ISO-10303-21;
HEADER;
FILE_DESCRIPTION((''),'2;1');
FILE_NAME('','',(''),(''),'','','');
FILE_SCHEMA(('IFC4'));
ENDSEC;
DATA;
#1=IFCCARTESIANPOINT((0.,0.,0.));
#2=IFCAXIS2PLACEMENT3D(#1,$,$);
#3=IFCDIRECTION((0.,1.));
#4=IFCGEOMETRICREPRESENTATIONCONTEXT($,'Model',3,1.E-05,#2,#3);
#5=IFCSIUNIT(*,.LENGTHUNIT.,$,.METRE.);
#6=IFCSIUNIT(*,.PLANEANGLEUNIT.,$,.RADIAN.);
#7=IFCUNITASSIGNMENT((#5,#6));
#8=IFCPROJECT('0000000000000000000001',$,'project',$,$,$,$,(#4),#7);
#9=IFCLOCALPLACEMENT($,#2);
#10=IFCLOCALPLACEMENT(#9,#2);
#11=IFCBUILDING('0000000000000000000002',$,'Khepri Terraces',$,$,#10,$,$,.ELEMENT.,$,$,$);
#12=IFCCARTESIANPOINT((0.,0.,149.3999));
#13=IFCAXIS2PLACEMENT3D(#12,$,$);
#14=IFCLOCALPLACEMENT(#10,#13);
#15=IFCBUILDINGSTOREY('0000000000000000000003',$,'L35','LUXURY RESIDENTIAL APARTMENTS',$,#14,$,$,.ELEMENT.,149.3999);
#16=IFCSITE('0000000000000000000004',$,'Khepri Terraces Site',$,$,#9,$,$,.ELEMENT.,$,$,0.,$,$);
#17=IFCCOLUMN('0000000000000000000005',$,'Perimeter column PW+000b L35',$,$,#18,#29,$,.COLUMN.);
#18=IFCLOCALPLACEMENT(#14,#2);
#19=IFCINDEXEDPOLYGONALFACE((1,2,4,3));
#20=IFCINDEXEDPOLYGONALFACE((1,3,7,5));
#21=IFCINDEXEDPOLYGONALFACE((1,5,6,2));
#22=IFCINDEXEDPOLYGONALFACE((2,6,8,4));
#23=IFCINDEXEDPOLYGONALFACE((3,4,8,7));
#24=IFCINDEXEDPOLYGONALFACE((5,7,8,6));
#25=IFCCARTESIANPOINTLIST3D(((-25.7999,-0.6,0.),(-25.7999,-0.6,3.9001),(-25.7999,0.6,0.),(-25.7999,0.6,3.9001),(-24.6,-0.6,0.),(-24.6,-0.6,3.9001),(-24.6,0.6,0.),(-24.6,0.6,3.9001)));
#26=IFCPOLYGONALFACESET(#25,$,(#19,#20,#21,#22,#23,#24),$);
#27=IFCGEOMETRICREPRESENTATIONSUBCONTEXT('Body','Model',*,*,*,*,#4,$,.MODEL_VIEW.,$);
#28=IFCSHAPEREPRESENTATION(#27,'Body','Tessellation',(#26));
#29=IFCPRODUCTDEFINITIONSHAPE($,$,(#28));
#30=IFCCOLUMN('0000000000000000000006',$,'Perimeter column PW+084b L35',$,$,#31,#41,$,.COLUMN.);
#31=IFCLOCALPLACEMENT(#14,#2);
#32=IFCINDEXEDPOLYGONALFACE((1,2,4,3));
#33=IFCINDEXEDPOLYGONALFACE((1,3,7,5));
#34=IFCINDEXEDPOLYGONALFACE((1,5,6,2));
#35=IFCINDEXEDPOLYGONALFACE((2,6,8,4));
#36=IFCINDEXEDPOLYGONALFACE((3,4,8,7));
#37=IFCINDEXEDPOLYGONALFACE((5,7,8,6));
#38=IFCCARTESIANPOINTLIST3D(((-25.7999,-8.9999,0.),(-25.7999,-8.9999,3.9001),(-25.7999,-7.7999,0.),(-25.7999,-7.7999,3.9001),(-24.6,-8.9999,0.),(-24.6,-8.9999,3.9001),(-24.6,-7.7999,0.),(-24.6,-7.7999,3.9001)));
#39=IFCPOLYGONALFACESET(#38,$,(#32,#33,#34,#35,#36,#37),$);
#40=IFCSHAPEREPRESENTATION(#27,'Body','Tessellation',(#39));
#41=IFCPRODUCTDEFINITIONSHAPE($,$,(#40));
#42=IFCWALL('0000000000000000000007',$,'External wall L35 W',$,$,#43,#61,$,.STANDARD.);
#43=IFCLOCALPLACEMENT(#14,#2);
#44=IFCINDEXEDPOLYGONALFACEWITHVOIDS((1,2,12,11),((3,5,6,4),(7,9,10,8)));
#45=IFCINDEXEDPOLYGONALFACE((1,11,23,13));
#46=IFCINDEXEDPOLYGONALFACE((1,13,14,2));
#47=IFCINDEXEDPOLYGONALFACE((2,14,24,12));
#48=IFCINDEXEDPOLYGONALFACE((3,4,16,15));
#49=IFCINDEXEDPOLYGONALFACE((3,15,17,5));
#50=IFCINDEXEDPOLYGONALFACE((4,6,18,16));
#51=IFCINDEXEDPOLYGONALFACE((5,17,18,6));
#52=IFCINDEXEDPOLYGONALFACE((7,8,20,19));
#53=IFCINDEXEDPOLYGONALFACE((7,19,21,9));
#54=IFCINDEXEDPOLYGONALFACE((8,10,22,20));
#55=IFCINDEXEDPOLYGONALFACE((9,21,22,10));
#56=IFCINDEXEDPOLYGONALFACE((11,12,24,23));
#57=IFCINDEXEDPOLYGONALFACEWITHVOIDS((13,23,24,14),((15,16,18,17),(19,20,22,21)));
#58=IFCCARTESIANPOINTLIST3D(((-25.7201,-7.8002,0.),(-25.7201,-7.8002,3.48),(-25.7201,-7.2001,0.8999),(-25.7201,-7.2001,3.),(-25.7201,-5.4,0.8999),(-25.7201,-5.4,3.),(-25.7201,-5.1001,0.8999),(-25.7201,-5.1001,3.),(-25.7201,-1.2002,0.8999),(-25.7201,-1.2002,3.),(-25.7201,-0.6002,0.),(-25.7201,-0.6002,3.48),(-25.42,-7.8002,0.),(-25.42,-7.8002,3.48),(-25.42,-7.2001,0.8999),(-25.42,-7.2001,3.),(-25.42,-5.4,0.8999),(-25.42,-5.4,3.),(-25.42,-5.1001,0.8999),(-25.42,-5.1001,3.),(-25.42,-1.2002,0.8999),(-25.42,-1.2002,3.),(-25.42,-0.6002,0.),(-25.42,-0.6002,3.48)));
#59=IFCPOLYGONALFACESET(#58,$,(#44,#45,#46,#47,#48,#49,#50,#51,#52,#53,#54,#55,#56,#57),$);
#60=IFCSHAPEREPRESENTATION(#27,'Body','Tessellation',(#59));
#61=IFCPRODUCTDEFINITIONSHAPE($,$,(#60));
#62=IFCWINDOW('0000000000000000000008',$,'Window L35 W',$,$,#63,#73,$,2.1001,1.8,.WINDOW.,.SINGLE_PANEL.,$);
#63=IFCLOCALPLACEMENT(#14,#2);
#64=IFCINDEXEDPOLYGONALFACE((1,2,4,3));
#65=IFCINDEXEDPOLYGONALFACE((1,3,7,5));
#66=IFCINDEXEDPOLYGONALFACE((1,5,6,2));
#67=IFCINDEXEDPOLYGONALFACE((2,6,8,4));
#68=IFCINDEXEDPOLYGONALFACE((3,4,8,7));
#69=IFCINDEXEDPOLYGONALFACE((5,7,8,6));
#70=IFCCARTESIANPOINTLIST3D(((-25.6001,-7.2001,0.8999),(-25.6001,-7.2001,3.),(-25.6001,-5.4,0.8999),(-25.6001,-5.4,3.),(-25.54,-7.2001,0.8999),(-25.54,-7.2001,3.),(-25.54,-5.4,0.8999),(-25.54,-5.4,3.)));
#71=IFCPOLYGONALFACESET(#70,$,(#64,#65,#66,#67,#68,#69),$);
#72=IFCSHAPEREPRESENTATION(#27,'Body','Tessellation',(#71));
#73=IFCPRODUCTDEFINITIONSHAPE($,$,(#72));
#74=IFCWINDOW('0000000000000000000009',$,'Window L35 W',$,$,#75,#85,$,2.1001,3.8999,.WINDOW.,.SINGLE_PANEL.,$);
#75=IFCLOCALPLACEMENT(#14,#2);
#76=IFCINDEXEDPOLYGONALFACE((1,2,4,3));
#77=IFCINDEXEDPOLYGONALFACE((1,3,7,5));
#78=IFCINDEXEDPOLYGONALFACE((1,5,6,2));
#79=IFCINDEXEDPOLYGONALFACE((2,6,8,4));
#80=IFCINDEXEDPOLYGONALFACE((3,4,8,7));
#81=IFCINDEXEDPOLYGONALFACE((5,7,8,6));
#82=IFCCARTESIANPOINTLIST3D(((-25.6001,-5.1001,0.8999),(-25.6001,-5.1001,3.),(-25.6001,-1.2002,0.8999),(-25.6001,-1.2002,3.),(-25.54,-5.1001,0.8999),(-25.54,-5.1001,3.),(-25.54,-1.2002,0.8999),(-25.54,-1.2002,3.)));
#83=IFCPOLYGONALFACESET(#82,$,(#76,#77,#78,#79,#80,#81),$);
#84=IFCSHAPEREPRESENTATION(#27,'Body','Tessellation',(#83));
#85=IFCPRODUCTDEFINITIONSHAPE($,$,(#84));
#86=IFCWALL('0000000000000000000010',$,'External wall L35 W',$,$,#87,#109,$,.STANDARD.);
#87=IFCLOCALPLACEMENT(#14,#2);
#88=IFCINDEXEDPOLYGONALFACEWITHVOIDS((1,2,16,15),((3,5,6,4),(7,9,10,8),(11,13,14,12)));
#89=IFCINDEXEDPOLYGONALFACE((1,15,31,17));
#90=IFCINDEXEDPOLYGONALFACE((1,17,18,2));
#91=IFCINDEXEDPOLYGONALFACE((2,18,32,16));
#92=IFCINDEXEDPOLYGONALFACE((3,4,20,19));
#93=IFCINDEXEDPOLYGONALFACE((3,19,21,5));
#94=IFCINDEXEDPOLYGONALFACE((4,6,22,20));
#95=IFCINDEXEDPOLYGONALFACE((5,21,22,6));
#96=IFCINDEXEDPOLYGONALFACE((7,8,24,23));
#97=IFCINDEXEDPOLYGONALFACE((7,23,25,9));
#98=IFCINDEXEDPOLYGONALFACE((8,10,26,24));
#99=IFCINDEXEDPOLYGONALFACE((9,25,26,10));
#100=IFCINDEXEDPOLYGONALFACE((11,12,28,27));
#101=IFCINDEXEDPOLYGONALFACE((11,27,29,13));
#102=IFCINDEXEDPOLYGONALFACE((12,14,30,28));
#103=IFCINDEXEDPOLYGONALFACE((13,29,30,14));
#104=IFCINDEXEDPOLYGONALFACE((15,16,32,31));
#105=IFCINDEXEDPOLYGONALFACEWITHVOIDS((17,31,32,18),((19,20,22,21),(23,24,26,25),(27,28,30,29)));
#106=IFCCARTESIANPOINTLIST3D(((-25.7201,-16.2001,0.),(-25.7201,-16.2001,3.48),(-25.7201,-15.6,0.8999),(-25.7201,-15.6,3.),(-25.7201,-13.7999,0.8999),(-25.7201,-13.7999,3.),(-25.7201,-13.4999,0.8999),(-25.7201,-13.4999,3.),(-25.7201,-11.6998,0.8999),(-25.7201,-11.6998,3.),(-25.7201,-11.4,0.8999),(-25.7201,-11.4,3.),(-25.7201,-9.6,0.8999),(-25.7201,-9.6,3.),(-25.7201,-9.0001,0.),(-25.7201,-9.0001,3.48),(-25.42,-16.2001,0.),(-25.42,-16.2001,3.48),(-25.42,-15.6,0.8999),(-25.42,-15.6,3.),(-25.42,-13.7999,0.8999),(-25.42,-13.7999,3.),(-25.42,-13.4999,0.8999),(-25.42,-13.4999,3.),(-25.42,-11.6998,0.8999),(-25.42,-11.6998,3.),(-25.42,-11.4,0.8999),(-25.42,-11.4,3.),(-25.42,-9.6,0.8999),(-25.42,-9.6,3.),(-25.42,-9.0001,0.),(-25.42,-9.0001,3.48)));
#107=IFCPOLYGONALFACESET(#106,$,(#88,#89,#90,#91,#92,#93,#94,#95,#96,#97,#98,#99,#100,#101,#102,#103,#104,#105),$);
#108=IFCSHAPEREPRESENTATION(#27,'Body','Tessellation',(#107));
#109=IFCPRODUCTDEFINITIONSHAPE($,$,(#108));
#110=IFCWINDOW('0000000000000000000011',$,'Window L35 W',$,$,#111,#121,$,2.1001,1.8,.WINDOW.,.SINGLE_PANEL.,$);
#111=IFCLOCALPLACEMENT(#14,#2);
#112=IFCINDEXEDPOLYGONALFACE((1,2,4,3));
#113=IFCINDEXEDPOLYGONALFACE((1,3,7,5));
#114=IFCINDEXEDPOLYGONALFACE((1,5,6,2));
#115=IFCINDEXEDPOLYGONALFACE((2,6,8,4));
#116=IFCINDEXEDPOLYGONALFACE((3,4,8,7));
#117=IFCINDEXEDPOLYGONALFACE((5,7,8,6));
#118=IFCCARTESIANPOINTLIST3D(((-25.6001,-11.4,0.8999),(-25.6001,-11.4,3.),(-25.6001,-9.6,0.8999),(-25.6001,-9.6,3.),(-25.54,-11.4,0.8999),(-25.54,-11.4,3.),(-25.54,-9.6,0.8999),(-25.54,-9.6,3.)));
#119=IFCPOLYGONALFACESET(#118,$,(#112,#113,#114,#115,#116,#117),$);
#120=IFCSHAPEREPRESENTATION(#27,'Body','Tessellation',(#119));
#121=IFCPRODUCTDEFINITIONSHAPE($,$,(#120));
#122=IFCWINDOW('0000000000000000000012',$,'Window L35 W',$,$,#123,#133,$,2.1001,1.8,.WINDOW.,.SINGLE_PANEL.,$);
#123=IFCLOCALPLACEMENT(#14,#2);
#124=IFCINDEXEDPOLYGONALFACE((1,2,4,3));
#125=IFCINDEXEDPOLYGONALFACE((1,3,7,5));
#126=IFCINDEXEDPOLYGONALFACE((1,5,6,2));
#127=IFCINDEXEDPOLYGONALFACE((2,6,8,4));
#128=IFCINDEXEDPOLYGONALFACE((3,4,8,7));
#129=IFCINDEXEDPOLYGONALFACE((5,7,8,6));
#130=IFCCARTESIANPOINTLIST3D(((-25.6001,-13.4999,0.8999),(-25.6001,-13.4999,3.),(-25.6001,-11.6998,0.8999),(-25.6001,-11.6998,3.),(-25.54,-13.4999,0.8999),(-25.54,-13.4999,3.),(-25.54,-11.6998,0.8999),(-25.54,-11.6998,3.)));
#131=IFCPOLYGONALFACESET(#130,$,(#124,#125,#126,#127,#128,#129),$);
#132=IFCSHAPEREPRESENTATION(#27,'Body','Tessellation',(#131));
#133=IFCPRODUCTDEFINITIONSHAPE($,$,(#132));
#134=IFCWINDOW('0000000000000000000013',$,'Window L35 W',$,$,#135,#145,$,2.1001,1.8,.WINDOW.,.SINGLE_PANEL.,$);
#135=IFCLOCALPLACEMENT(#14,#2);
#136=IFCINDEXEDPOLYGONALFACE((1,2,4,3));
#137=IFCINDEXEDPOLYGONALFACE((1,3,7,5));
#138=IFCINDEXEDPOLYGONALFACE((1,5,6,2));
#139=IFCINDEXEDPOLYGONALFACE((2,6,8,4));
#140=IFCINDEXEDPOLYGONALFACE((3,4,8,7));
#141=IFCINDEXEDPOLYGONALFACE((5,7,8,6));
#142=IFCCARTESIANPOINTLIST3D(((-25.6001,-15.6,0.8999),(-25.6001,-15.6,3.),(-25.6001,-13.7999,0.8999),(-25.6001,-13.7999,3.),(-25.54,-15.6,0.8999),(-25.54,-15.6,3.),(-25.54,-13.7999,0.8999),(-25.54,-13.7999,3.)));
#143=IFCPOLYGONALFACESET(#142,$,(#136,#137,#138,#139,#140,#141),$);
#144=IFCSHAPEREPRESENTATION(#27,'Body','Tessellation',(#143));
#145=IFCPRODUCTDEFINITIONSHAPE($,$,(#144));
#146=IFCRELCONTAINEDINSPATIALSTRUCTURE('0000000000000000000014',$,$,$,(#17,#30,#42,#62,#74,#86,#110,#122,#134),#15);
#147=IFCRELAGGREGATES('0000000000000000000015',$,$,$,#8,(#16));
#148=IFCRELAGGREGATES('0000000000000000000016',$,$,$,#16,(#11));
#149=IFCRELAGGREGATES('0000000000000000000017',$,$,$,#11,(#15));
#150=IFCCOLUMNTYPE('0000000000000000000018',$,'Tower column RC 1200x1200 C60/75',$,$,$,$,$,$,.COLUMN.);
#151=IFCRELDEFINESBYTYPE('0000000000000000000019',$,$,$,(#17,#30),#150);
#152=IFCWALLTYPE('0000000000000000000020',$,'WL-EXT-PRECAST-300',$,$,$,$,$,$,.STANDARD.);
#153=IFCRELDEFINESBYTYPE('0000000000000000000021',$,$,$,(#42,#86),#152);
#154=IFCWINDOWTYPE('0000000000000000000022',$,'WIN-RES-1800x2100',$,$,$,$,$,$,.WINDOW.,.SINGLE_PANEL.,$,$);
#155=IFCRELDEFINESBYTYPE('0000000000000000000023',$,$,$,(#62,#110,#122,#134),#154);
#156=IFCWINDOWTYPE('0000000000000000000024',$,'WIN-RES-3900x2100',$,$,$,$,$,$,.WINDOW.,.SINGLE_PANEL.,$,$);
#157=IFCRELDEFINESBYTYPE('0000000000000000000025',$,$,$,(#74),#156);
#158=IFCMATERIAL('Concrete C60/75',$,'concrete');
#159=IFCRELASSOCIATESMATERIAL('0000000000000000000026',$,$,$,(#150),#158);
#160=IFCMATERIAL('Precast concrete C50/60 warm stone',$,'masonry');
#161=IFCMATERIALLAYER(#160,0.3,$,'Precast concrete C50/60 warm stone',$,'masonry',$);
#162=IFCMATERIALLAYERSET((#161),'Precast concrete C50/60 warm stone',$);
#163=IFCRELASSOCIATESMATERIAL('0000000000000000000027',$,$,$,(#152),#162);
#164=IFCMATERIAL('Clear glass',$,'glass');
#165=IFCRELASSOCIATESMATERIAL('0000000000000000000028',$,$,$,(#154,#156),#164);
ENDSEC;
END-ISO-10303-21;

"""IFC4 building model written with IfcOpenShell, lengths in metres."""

from ifc_helpers import new_model, si_unit, direction, frame, frame_2d, origin, origin_2d, place, context, subcontext, project, spatial, rectangle, extrude, material, layer, layer_set, material_profile, profile_set, type_object, element, fill, save


model = new_model("IFC4")

# Units and contexts
model_context = context("Model", 3, precision=1e-05, world=origin(), true_north=direction((0.0, 1.0)))
body_context = subcontext(model_context, "Body", "Model", "MODEL_VIEW")
ifc_project = project(units=[si_unit("LENGTHUNIT", "METRE"), si_unit("PLANEANGLEUNIT", "RADIAN")], contexts=[model_context])

# Site, building, storey
site_placement = place(None, origin())
site = spatial("IfcSite", under=ifc_project, at=site_placement, Name="Khepri Terraces Site", CompositionType="ELEMENT", RefElevation=0.0)
building_placement = place(site_placement, origin())
building = spatial("IfcBuilding", under=site, at=building_placement, Name="Khepri Terraces", CompositionType="ELEMENT")
storey_placement = place(building_placement, frame((0.0, 0.0, 149.3999)))
storey = spatial("IfcBuildingStorey", under=building, at=storey_placement, Name="L35", Description="LUXURY RESIDENTIAL APARTMENTS", CompositionType="ELEMENT", Elevation=149.3999)

# Columns
ifc_material_1 = material(Name="Concrete C60/75", Category="concrete")
ifc_material_profile = material_profile(ifc_material_1, rectangle(XDim=1.2, YDim=1.2, at=origin_2d()), Name="Concrete C60/75", Category="concrete")
ifc_profile_set = profile_set([ifc_material_profile], Name="Concrete C60/75")
column_type = type_object("IfcColumnType", Name="Tower column RC 1200x1200 C60/75", PredefinedType="COLUMN", material=ifc_profile_set)
for number, where, z_axis, x_axis, name in (
    (1, (-25.2, 0.0, 0.0), (0.0, 0.0, 1.0), (1.0, 0.0, 0.0), "Perimeter column PW+000b L35"),
    (2, (-25.2, -8.3999, 0.0), (0.0, 0.0, 1.0), (1.0, 0.0, 0.0), "Perimeter column PW+084b L35"),
):
    element("IfcColumn", number, at=place(storey_placement, frame(where, z_axis=z_axis, x_axis=x_axis)), inside=storey, type_object=column_type, Name=name, PredefinedType="COLUMN", context=body_context, shape_type="SweptSolid", body=[
        extrude(rectangle(XDim=1.2, YDim=1.2, at=origin_2d()), origin(), (0.0, 0.0, 1.0), 3.9001),
    ])

# Walls, openings, windows
ifc_material_2 = material(Name="Precast concrete C50/60 warm stone", Category="masonry")
ifc_layer_1 = layer(ifc_material_2, 0.3, Name="Precast concrete C50/60 warm stone", Category="masonry")
ifc_layer_set_1 = layer_set([ifc_layer_1], Name="Precast concrete C50/60 warm stone")
wall_type_1 = type_object("IfcWallType", Name="WL-EXT-PRECAST-300", PredefinedType="STANDARD", material=ifc_layer_set_1)
wall_1_placement = place(storey_placement, frame((-25.5701, -0.6001, 0.0), z_axis=(0.0, 0.0, 1.0), x_axis=(0.0, -1.0, 0.0)))
wall_1 = element("IfcWall", 3, at=wall_1_placement, inside=storey, type_object=wall_type_1, Name="External wall L35 W", PredefinedType="STANDARD", context=body_context, shape_type="SweptSolid", body=[
    extrude(rectangle(XDim=7.2, YDim=0.3, at=frame_2d((3.6001, 0.0))), origin(), (0.0, 0.0, 1.0), 3.48),
])
opening_1_placement = place(wall_1_placement, frame((0.6001, 0.0, 0.8999)))
opening_1 = element("IfcOpeningElement", 4, at=opening_1_placement, cuts=wall_1, PredefinedType="OPENING", context=body_context, shape_type="SweptSolid", body=[
    extrude(rectangle(XDim=3.8999, YDim=2.1001, at=frame_2d((1.95, 1.05))), frame((0.0, 0.1602, 0.0), z_axis=(0.0, -1.0, 0.0), x_axis=(1.0, 0.0, 0.0)), (0.0, 0.0, 1.0), 0.3201),
])
opening_2_placement = place(wall_1_placement, frame((4.8, 0.0, 0.8999)))
opening_2 = element("IfcOpeningElement", 5, at=opening_2_placement, cuts=wall_1, PredefinedType="OPENING", context=body_context, shape_type="SweptSolid", body=[
    extrude(rectangle(XDim=1.8, YDim=2.1001, at=frame_2d((0.8999, 1.05))), frame((0.0, 0.1602, 0.0), z_axis=(0.0, -1.0, 0.0), x_axis=(1.0, 0.0, 0.0)), (0.0, 0.0, 1.0), 0.3201),
])
ifc_material_3 = material(Name="Clear glass", Category="glass")
window_type_1 = type_object("IfcWindowType", Name="WIN-RES-1800x2100", PartitioningType="SINGLE_PANEL", PredefinedType="WINDOW", material=ifc_material_3)
window_1_placement = place(opening_2_placement, origin())
window_1 = element("IfcWindow", 6, at=window_1_placement, inside=storey, type_object=window_type_1, Name="Window L35 W", OverallHeight=2.1001, OverallWidth=1.8, PartitioningType="SINGLE_PANEL", PredefinedType="WINDOW", context=body_context, shape_type="SweptSolid", body=[
    extrude(rectangle(XDim=1.8, YDim=2.1001, at=frame_2d((0.8999, 1.05))), frame((0.0, 0.03, 0.0), z_axis=(0.0, -1.0, 0.0), x_axis=(1.0, 0.0, 0.0)), (0.0, 0.0, 1.0), 0.0601),
])
fill(opening_2, window_1)
window_type_2 = type_object("IfcWindowType", Name="WIN-RES-3900x2100", PartitioningType="SINGLE_PANEL", PredefinedType="WINDOW", material=ifc_material_3)
window_2_placement = place(opening_1_placement, origin())
window_2 = element("IfcWindow", 7, at=window_2_placement, inside=storey, type_object=window_type_2, Name="Window L35 W", OverallHeight=2.1001, OverallWidth=3.8999, PartitioningType="SINGLE_PANEL", PredefinedType="WINDOW", context=body_context, shape_type="SweptSolid", body=[
    extrude(rectangle(XDim=3.8999, YDim=2.1001, at=frame_2d((1.95, 1.05))), frame((0.0, 0.03, 0.0), z_axis=(0.0, -1.0, 0.0), x_axis=(1.0, 0.0, 0.0)), (0.0, 0.0, 1.0), 0.0601),
])
fill(opening_1, window_2)
wall_2_placement = place(storey_placement, frame((-25.5701, -9.0, 0.0), z_axis=(0.0, 0.0, 1.0), x_axis=(0.0, -1.0, 0.0)))
wall_2 = element("IfcWall", 8, at=wall_2_placement, inside=storey, type_object=wall_type_1, Name="External wall L35 W", PredefinedType="STANDARD", context=body_context, shape_type="SweptSolid", body=[
    extrude(rectangle(XDim=7.2, YDim=0.3, at=frame_2d((3.6001, 0.0))), origin(), (0.0, 0.0, 1.0), 3.48),
])
opening_3_placement = place(wall_2_placement, frame((0.6001, 0.0, 0.8999)))
opening_3 = element("IfcOpeningElement", 9, at=opening_3_placement, cuts=wall_2, PredefinedType="OPENING", context=body_context, shape_type="SweptSolid", body=[
    extrude(rectangle(XDim=1.8, YDim=2.1001, at=frame_2d((0.8999, 1.05))), frame((0.0, 0.1602, 0.0), z_axis=(0.0, -1.0, 0.0), x_axis=(1.0, 0.0, 0.0)), (0.0, 0.0, 1.0), 0.3201),
])
opening_4_placement = place(wall_2_placement, frame((2.7, 0.0, 0.8999)))
opening_4 = element("IfcOpeningElement", 10, at=opening_4_placement, cuts=wall_2, PredefinedType="OPENING", context=body_context, shape_type="SweptSolid", body=[
    extrude(rectangle(XDim=1.8, YDim=2.1001, at=frame_2d((0.8999, 1.05))), frame((0.0, 0.1602, 0.0), z_axis=(0.0, -1.0, 0.0), x_axis=(1.0, 0.0, 0.0)), (0.0, 0.0, 1.0), 0.3201),
])
opening_5_placement = place(wall_2_placement, frame((4.8, 0.0, 0.8999)))
opening_5 = element("IfcOpeningElement", 11, at=opening_5_placement, cuts=wall_2, PredefinedType="OPENING", context=body_context, shape_type="SweptSolid", body=[
    extrude(rectangle(XDim=1.8, YDim=2.1001, at=frame_2d((0.8999, 1.05))), frame((0.0, 0.1602, 0.0), z_axis=(0.0, -1.0, 0.0), x_axis=(1.0, 0.0, 0.0)), (0.0, 0.0, 1.0), 0.3201),
])
window_3_placement = place(opening_3_placement, origin())
window_3 = element("IfcWindow", 12, at=window_3_placement, inside=storey, type_object=window_type_1, Name="Window L35 W", OverallHeight=2.1001, OverallWidth=1.8, PartitioningType="SINGLE_PANEL", PredefinedType="WINDOW", context=body_context, shape_type="SweptSolid", body=[
    extrude(rectangle(XDim=1.8, YDim=2.1001, at=frame_2d((0.8999, 1.05))), frame((0.0, 0.03, 0.0), z_axis=(0.0, -1.0, 0.0), x_axis=(1.0, 0.0, 0.0)), (0.0, 0.0, 1.0), 0.0601),
])
fill(opening_3, window_3)
window_4_placement = place(opening_4_placement, origin())
window_4 = element("IfcWindow", 13, at=window_4_placement, inside=storey, type_object=window_type_1, Name="Window L35 W", OverallHeight=2.1001, OverallWidth=1.8, PartitioningType="SINGLE_PANEL", PredefinedType="WINDOW", context=body_context, shape_type="SweptSolid", body=[
    extrude(rectangle(XDim=1.8, YDim=2.1001, at=frame_2d((0.8999, 1.05))), frame((0.0, 0.03, 0.0), z_axis=(0.0, -1.0, 0.0), x_axis=(1.0, 0.0, 0.0)), (0.0, 0.0, 1.0), 0.0601),
])
fill(opening_4, window_4)
window_5_placement = place(opening_5_placement, origin())
window_5 = element("IfcWindow", 14, at=window_5_placement, inside=storey, type_object=window_type_1, Name="Window L35 W", OverallHeight=2.1001, OverallWidth=1.8, PartitioningType="SINGLE_PANEL", PredefinedType="WINDOW", context=body_context, shape_type="SweptSolid", body=[
    extrude(rectangle(XDim=1.8, YDim=2.1001, at=frame_2d((0.8999, 1.05))), frame((0.0, 0.03, 0.0), z_axis=(0.0, -1.0, 0.0), x_axis=(1.0, 0.0, 0.0)), (0.0, 0.0, 1.0), 0.0601),
])
fill(opening_5, window_5)

save(model, "model.ifc")
